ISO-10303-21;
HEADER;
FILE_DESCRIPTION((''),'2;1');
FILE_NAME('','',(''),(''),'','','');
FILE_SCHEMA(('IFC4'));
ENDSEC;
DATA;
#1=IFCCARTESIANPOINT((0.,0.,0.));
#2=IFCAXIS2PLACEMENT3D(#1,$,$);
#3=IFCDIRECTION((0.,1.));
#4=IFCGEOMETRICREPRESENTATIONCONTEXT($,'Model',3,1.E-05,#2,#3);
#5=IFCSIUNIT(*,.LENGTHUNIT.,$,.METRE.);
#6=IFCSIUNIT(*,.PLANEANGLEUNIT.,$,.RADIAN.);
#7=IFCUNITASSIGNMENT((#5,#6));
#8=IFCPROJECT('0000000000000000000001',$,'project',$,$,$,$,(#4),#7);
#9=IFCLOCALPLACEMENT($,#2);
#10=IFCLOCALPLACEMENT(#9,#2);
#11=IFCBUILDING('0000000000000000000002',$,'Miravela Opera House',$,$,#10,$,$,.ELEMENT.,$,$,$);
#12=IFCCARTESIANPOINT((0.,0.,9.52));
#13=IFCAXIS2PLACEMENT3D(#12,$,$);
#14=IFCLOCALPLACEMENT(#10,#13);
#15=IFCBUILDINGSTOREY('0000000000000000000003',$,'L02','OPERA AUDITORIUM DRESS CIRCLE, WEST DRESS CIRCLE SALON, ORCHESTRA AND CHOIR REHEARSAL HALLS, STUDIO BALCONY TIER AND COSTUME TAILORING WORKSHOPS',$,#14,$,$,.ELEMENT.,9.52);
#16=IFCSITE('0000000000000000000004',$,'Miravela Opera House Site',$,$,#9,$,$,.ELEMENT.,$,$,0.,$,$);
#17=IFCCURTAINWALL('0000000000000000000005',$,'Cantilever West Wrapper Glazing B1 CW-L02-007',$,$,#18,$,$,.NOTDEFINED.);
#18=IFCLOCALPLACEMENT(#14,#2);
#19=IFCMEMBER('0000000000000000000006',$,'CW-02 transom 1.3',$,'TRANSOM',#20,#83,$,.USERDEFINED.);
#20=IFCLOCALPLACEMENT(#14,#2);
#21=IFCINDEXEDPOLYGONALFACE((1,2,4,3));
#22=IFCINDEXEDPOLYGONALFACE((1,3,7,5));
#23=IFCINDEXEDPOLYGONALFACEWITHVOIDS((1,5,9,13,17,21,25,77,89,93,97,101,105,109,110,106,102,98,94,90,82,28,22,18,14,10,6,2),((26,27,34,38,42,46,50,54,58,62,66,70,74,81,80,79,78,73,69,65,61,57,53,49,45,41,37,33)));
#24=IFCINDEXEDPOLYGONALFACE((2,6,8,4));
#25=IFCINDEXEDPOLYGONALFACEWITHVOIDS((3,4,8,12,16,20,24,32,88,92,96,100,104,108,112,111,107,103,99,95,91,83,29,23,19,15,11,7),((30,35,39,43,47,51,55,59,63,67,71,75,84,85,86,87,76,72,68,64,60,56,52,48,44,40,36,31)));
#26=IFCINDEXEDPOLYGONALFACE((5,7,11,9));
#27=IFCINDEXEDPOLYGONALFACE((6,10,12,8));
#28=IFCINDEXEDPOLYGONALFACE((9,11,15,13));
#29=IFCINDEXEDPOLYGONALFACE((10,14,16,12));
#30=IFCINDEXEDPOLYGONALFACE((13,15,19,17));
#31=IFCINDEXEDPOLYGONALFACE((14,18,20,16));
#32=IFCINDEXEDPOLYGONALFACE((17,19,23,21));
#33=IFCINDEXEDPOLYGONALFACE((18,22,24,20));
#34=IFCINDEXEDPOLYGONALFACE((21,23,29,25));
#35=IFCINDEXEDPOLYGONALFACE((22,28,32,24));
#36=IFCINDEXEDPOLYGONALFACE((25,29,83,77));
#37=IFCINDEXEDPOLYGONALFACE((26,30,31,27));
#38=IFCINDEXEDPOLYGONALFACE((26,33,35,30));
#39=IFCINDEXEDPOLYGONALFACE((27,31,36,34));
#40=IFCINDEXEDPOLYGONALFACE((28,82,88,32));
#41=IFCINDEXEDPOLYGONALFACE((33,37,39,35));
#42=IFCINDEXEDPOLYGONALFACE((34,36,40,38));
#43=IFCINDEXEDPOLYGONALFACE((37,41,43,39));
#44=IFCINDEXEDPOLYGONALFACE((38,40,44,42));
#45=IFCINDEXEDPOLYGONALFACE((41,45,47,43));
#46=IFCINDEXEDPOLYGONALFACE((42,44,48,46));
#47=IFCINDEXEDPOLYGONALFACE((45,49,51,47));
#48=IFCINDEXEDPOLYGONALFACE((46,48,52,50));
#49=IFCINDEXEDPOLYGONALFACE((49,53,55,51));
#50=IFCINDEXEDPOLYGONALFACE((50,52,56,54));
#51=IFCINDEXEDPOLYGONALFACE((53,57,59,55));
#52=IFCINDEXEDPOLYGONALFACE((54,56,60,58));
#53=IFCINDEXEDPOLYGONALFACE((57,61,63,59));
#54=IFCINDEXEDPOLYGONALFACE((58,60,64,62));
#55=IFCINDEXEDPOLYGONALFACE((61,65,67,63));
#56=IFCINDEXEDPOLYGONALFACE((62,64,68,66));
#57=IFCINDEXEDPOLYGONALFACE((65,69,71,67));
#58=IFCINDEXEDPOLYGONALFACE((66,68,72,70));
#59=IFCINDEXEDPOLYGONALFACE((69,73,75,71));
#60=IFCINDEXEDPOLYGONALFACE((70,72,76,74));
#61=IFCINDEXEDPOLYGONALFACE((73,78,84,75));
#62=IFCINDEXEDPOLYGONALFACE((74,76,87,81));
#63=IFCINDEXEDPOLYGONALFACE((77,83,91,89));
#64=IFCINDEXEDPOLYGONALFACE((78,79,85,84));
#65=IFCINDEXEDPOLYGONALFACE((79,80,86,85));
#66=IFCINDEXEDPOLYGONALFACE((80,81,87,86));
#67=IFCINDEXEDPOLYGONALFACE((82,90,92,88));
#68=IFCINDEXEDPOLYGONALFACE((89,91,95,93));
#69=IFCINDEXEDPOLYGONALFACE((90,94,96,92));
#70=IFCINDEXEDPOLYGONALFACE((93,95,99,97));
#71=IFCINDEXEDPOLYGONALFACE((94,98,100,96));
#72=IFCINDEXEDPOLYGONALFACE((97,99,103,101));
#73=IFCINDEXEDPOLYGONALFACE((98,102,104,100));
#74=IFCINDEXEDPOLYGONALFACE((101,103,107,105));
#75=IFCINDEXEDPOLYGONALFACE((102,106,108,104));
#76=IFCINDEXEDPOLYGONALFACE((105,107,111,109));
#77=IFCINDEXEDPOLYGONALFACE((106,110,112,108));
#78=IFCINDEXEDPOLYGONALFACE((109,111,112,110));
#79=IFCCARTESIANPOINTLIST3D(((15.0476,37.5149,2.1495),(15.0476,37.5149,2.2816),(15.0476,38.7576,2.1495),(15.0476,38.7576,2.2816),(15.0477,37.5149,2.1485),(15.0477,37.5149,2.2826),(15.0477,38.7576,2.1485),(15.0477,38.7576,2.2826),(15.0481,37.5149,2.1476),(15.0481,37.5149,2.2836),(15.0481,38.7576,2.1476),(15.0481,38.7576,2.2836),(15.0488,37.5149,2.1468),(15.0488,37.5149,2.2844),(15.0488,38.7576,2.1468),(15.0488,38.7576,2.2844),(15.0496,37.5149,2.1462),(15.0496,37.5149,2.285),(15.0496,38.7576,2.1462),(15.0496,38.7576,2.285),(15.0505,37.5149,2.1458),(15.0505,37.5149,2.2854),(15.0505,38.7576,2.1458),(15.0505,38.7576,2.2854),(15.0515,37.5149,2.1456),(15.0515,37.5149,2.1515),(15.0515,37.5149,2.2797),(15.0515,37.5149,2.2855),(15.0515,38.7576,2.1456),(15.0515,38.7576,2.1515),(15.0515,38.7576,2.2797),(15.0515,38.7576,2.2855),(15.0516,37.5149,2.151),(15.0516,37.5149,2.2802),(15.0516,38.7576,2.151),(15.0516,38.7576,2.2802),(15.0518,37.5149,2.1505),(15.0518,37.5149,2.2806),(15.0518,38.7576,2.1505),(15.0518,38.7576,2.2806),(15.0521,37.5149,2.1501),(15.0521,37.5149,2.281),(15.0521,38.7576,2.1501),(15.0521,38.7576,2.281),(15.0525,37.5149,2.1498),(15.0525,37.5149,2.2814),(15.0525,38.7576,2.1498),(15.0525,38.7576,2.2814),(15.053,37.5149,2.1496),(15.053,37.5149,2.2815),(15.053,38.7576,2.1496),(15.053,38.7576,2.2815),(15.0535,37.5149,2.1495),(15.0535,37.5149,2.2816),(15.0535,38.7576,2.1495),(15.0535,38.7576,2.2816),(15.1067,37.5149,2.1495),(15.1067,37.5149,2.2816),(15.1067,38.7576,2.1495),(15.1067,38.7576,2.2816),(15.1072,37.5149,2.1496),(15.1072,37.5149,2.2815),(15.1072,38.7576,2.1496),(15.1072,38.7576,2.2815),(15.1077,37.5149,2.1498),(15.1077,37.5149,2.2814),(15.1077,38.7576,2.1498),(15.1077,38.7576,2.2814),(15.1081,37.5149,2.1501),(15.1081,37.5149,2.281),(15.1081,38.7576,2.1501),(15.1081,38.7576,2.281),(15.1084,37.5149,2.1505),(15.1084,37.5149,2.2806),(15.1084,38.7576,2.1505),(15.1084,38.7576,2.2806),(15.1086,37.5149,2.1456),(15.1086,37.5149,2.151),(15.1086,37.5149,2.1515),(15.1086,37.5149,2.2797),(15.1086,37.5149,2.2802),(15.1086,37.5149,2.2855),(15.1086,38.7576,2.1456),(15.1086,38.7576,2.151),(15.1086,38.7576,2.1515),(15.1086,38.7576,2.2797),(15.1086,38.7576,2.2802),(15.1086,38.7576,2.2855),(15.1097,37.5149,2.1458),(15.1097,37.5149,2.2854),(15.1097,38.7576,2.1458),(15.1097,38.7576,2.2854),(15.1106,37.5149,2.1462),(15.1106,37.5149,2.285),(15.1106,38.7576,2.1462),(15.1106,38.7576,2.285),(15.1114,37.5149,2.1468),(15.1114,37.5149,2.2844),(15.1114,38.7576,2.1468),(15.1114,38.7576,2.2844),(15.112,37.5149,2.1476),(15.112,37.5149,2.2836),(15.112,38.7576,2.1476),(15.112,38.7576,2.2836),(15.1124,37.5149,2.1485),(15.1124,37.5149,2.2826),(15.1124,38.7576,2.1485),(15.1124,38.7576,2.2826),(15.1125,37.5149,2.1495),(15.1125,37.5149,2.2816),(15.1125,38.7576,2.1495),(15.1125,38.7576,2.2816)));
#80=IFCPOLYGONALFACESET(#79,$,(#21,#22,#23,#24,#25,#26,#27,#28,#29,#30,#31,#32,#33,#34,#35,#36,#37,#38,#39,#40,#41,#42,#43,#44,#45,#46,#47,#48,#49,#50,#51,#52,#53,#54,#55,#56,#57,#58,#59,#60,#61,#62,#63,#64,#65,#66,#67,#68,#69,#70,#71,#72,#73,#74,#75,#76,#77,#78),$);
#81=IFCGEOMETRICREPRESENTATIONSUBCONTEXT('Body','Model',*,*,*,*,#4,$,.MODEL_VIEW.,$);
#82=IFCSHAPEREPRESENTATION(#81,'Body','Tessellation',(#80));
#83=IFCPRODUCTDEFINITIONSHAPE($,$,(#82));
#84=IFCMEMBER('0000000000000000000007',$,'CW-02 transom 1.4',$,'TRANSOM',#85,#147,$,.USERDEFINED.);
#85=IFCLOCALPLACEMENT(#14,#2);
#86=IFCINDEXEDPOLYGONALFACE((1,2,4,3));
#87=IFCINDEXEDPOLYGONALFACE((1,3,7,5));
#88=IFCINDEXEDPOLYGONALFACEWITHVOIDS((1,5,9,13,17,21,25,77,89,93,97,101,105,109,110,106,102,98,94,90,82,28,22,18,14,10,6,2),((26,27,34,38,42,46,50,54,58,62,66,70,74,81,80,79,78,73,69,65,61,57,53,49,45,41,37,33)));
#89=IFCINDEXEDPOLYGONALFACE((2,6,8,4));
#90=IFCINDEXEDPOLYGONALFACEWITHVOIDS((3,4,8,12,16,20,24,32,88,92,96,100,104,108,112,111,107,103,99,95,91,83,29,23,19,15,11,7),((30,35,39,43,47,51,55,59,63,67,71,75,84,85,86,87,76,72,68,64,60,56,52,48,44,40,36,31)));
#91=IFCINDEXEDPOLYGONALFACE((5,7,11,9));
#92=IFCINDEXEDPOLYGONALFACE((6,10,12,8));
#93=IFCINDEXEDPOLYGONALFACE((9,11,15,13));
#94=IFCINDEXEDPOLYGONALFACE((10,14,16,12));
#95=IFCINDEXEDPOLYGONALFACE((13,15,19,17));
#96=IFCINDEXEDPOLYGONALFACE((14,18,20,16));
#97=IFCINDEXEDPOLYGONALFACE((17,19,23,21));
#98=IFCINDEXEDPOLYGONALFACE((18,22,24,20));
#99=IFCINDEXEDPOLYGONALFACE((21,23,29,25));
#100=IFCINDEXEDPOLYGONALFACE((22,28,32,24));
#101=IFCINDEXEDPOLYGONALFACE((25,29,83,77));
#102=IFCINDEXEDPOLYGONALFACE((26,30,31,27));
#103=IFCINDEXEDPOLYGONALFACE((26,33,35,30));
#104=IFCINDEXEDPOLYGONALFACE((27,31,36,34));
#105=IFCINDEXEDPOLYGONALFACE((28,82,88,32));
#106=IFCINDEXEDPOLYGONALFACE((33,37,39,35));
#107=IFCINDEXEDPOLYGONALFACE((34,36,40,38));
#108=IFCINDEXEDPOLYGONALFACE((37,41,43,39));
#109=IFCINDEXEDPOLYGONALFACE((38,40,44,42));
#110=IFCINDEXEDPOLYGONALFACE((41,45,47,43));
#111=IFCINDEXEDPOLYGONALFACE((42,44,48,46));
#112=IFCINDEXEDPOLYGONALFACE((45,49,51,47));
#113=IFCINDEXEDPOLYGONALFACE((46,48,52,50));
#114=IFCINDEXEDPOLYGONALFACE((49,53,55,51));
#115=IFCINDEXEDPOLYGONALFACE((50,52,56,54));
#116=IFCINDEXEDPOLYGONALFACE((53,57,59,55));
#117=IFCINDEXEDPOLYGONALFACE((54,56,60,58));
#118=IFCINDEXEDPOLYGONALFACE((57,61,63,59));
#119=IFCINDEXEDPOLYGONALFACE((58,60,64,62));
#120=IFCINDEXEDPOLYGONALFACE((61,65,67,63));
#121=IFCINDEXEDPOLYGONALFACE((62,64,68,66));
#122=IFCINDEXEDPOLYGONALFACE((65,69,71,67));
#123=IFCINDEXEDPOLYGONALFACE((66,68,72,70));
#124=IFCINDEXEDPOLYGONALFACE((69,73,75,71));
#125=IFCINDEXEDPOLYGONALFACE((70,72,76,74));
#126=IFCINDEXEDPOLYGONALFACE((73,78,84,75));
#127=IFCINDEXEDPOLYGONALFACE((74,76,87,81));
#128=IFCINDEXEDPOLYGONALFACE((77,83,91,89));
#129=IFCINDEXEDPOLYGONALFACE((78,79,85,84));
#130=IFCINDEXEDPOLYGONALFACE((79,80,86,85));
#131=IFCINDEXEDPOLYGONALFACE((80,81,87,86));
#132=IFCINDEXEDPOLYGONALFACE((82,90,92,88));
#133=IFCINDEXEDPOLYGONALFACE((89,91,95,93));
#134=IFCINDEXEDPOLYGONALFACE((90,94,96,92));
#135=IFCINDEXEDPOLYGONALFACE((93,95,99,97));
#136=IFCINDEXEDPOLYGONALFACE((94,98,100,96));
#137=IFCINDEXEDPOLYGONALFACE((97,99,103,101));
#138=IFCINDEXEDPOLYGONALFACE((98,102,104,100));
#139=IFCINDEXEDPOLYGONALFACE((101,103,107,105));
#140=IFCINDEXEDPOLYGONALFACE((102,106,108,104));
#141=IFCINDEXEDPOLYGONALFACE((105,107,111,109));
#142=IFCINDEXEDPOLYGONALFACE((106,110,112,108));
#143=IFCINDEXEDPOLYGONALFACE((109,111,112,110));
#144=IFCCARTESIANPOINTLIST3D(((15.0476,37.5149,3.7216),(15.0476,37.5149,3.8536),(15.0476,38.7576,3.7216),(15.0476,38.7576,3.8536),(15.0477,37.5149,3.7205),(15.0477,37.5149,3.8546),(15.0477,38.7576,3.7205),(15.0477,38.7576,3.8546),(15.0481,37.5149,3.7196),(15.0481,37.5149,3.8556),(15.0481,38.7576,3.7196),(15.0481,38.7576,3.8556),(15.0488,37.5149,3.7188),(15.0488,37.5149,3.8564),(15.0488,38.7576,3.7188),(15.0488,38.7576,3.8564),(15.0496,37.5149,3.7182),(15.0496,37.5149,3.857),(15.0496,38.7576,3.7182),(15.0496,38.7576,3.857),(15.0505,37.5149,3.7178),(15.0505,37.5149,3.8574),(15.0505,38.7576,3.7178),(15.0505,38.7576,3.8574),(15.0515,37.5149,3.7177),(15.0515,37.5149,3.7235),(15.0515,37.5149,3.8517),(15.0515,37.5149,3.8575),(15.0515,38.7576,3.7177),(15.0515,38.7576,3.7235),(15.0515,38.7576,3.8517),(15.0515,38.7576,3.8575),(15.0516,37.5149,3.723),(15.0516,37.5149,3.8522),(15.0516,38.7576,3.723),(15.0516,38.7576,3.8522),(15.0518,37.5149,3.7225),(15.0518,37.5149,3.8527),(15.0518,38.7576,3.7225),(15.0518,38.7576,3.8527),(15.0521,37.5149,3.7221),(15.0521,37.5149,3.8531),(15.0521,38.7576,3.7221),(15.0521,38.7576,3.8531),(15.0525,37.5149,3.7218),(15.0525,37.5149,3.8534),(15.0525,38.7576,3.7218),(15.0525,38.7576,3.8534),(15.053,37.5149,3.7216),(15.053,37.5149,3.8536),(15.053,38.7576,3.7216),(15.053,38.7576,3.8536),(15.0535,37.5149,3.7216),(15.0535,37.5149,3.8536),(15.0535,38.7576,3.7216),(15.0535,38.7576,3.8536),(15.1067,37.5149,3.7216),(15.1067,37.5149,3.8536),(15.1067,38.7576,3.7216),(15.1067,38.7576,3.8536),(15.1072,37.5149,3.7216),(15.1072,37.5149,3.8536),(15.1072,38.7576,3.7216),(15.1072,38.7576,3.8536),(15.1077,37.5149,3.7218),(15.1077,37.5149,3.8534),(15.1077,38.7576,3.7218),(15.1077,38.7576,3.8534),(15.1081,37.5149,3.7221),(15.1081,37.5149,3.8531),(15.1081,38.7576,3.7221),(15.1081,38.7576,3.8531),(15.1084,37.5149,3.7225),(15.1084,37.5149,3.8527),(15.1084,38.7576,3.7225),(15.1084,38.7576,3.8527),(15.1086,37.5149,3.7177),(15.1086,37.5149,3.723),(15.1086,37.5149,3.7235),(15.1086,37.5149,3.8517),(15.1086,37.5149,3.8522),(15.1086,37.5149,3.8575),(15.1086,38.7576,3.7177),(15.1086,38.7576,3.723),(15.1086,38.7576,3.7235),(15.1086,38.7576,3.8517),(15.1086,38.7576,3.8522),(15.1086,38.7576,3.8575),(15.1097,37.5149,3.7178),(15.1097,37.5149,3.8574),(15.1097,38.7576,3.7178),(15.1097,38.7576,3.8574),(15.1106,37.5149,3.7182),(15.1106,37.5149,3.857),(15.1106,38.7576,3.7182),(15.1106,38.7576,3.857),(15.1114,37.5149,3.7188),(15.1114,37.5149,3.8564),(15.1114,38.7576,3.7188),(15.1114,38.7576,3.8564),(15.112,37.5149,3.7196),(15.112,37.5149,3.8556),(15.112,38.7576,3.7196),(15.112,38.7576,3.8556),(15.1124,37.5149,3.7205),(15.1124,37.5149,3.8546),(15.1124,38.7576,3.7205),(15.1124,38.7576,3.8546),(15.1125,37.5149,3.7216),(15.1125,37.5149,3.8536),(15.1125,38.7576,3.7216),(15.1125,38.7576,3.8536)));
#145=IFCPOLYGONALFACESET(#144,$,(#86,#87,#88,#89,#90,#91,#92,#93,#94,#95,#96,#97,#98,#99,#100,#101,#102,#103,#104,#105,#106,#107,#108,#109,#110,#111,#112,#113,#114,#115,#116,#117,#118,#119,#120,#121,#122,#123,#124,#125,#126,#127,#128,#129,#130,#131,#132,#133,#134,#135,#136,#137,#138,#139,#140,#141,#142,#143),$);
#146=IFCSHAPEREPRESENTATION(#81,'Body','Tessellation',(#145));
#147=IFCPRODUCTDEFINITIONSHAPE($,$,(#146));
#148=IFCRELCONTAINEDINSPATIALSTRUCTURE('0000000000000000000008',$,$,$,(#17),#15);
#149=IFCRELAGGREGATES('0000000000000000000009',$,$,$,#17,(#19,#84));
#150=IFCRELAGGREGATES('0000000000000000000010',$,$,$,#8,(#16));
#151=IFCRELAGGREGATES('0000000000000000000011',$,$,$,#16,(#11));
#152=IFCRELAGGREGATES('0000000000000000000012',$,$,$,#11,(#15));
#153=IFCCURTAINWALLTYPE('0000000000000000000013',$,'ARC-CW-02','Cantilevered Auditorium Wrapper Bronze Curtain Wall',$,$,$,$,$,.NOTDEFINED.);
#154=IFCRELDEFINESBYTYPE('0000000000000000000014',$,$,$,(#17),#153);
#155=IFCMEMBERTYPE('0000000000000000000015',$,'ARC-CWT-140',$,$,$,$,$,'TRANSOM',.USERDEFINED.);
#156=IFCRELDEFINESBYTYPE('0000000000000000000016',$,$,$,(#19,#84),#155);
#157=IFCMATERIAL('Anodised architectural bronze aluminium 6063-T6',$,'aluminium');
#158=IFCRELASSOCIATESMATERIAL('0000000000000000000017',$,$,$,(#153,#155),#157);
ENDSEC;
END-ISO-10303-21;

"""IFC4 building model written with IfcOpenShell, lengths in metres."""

from ifc_helpers import new_model, si_unit, direction, frame, origin, origin_2d, place, context, subcontext, project, spatial, hollow_rectangle, extrude, material, material_profile, profile_set, type_object, element, aggregate, save


model = new_model("IFC4")

# Units and contexts
model_context = context("Model", 3, precision=1e-05, world=origin(), true_north=direction((0.0, 1.0)))
body_context = subcontext(model_context, "Body", "Model", "MODEL_VIEW")
ifc_project = project(units=[si_unit("LENGTHUNIT", "METRE"), si_unit("PLANEANGLEUNIT", "RADIAN")], contexts=[model_context])

# Site, building, storey
site_placement = place(None, origin())
site = spatial("IfcSite", under=ifc_project, at=site_placement, Name="Miravela Opera House Site", CompositionType="ELEMENT", RefElevation=0.0)
building_placement = place(site_placement, origin())
building = spatial("IfcBuilding", under=site, at=building_placement, Name="Miravela Opera House", CompositionType="ELEMENT")
storey_placement = place(building_placement, frame((0.0, 0.0, 9.52)))
storey = spatial("IfcBuildingStorey", under=building, at=storey_placement, Name="L02", Description="OPERA AUDITORIUM DRESS CIRCLE, WEST DRESS CIRCLE SALON, ORCHESTRA AND CHOIR REHEARSAL HALLS, STUDIO BALCONY TIER AND COSTUME TAILORING WORKSHOPS", CompositionType="ELEMENT", Elevation=9.52)

# Curtain wall, members
ifc_material_1 = material(Name="Anodised architectural bronze aluminium 6063-T6", Category="aluminium")
curtain_wall_type = type_object("IfcCurtainWallType", Name="ARC-CW-02", Description="Cantilevered Auditorium Wrapper Bronze Curtain Wall", PredefinedType="NOTDEFINED", material=ifc_material_1)
curtain_wall_placement = place(storey_placement, origin())
curtain_wall = element("IfcCurtainWall", 1, at=curtain_wall_placement, inside=storey, type_object=curtain_wall_type, Name="Cantilever West Wrapper Glazing B1 CW-L02-007", PredefinedType="NOTDEFINED")
ifc_material_profile_1 = material_profile(ifc_material_1, hollow_rectangle(XDim=0.0649, YDim=0.1399, WallThickness=0.0039, InnerFilletRadius=0.002, OuterFilletRadius=0.0039, at=origin_2d()), Name="CWT-65X140")
ifc_profile_set_1 = profile_set([ifc_material_profile_1])
member_type_1 = type_object("IfcMemberType", Name="ARC-CWT-140", ElementType="TRANSOM", PredefinedType="USERDEFINED", material=ifc_profile_set_1)
member_1_placement = place(storey_placement, frame((15.0801, 37.5149, 2.2156), z_axis=(0.0, 1.0, 0.0), x_axis=(-1.0, 0.0, 0.0)))
member_1 = element("IfcMember", 2, at=member_1_placement, type_object=member_type_1, Name="CW-02 transom 1.3", ObjectType="TRANSOM", PredefinedType="USERDEFINED", context=body_context, shape_type="SweptSolid", body=[
    extrude(hollow_rectangle(XDim=0.0649, YDim=0.1399, WallThickness=0.0039, InnerFilletRadius=0.002, OuterFilletRadius=0.0039, at=origin_2d()), origin(), (0.0, 0.0, 1.0), 1.2427),
])
member_2_placement = place(storey_placement, frame((15.0801, 37.5149, 3.7876), z_axis=(0.0, 1.0, 0.0), x_axis=(-1.0, 0.0, 0.0)))
member_2 = element("IfcMember", 3, at=member_2_placement, type_object=member_type_1, Name="CW-02 transom 1.4", ObjectType="TRANSOM", PredefinedType="USERDEFINED", context=body_context, shape_type="SweptSolid", body=[
    extrude(hollow_rectangle(XDim=0.0649, YDim=0.1399, WallThickness=0.0039, InnerFilletRadius=0.002, OuterFilletRadius=0.0039, at=origin_2d()), origin(), (0.0, 0.0, 1.0), 1.2427),
])

aggregate(curtain_wall, [member_1, member_2])

save(model, "model.ifc")
